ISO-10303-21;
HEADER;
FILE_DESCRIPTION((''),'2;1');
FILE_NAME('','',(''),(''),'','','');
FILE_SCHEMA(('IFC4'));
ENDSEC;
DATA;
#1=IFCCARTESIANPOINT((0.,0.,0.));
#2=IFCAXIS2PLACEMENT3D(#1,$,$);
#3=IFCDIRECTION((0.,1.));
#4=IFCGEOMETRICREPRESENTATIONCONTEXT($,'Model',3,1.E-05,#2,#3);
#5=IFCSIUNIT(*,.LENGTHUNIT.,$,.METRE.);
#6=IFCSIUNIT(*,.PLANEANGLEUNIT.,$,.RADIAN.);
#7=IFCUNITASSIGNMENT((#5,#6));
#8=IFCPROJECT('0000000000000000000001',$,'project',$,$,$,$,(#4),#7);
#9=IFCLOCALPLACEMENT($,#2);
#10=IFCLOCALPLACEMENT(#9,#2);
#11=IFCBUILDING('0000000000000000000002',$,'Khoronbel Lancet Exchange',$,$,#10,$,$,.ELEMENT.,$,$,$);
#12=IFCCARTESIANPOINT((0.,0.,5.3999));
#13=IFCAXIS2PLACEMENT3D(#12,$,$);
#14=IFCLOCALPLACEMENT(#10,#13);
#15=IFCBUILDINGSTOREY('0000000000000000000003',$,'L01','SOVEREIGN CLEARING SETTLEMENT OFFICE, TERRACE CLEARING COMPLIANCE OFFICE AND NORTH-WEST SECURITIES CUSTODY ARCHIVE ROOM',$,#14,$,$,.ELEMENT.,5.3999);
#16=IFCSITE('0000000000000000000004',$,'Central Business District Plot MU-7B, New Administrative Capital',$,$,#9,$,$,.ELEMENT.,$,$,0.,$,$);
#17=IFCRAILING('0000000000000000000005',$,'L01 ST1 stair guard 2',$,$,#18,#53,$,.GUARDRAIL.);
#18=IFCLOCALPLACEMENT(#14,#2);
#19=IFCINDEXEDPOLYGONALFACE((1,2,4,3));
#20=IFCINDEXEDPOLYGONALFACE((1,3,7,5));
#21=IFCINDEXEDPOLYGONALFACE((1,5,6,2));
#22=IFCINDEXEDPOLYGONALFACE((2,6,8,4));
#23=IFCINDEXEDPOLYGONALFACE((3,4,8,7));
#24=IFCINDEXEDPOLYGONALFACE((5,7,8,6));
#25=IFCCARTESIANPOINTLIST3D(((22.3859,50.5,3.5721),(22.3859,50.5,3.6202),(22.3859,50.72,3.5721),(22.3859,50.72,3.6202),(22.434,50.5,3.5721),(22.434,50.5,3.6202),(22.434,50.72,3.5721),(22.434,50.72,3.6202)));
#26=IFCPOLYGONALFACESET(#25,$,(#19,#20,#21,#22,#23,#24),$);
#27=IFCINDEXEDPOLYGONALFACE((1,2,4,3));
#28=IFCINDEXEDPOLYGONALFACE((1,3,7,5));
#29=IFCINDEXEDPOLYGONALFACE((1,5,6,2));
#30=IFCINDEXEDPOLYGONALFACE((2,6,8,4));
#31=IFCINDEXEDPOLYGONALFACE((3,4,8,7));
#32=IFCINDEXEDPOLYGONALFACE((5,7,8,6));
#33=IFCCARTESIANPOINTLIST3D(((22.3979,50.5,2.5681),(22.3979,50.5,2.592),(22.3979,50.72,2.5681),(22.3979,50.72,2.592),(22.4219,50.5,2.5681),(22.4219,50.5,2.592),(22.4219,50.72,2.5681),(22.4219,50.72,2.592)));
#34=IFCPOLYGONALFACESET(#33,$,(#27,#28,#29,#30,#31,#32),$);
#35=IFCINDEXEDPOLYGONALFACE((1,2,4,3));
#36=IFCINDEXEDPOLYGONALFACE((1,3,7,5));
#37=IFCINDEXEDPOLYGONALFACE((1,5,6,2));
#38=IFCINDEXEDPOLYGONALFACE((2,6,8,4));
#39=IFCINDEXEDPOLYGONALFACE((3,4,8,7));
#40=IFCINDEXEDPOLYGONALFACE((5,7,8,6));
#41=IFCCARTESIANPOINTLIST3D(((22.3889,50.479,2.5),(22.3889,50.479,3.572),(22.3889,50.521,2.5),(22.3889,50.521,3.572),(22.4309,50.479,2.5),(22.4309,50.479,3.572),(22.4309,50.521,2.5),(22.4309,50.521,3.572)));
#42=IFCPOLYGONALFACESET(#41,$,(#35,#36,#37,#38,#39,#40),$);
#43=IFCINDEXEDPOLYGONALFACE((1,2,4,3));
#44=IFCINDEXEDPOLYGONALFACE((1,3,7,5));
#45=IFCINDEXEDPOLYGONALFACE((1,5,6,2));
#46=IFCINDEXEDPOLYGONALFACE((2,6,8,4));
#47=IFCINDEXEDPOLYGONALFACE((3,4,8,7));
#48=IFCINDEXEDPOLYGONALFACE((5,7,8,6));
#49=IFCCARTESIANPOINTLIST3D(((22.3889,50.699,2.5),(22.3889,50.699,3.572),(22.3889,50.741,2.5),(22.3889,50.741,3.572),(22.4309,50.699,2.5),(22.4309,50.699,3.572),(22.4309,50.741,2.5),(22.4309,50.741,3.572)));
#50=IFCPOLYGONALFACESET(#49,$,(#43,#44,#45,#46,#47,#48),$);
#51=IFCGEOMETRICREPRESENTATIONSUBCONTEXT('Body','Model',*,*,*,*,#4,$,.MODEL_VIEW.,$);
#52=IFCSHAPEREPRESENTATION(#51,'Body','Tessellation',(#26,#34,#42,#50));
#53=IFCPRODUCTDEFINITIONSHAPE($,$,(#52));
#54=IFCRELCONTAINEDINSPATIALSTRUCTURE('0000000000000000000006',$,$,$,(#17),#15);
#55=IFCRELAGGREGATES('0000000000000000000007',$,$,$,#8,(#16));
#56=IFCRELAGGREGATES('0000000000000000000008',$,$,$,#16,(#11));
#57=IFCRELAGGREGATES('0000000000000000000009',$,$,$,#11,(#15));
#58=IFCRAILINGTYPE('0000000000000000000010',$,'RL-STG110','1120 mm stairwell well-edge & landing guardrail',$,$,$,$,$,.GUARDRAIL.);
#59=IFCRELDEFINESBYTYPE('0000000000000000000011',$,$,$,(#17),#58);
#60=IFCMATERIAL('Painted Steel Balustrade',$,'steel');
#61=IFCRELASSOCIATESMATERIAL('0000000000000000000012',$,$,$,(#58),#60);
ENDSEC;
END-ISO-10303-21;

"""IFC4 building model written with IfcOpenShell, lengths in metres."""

from ifc_helpers import new_model, si_unit, direction, frame, origin, origin_2d, place, context, subcontext, project, spatial, rectangle, extrude, material, type_object, element, save


model = new_model("IFC4")

# Units and contexts
model_context = context("Model", 3, precision=1e-05, world=origin(), true_north=direction((0.0, 1.0)))
body_context = subcontext(model_context, "Body", "Model", "MODEL_VIEW")
ifc_project = project(units=[si_unit("LENGTHUNIT", "METRE"), si_unit("PLANEANGLEUNIT", "RADIAN")], contexts=[model_context])

# Site, building, storey
site_placement = place(None, origin())
site = spatial("IfcSite", under=ifc_project, at=site_placement, Name="Central Business District Plot MU-7B, New Administrative Capital", CompositionType="ELEMENT", RefElevation=0.0)
building_placement = place(site_placement, origin())
building = spatial("IfcBuilding", under=site, at=building_placement, Name="Khoronbel Lancet Exchange", CompositionType="ELEMENT")
storey_placement = place(building_placement, frame((0.0, 0.0, 5.3999)))
storey = spatial("IfcBuildingStorey", under=building, at=storey_placement, Name="L01", Description="SOVEREIGN CLEARING SETTLEMENT OFFICE, TERRACE CLEARING COMPLIANCE OFFICE AND NORTH-WEST SECURITIES CUSTODY ARCHIVE ROOM", CompositionType="ELEMENT", Elevation=5.3999)

# Railing
ifc_material_1 = material(Name="Painted Steel Balustrade", Category="steel")
railing_type = type_object("IfcRailingType", Name="RL-STG110", Description="1120 mm stairwell well-edge & landing guardrail", PredefinedType="GUARDRAIL", material=ifc_material_1)
railing_placement = place(storey_placement, frame((22.4099, 50.5, 2.5)))
element("IfcRailing", 1, at=railing_placement, inside=storey, type_object=railing_type, Name="L01 ST1 stair guard 2", PredefinedType="GUARDRAIL", context=body_context, shape_type="SweptSolid", body=[
    extrude(rectangle(XDim=0.0481, YDim=0.0481, at=origin_2d()), frame((0.0, 0.0, 1.0962), z_axis=(0.0, 1.0, 0.0), x_axis=(-1.0, 0.0, 0.0)), (0.0, 0.0, 1.0), 0.22),
    extrude(rectangle(XDim=0.0239, YDim=0.0239, at=origin_2d()), frame((0.0, 0.0, 0.0801), z_axis=(0.0, 1.0, 0.0), x_axis=(-1.0, 0.0, 0.0)), (0.0, 0.0, 1.0), 0.22),
    extrude(rectangle(XDim=0.042, YDim=0.042, at=origin_2d()), origin(), (0.0, 0.0, 1.0), 1.072),
    extrude(rectangle(XDim=0.042, YDim=0.042, at=origin_2d()), frame((0.0, 0.22, 0.0)), (0.0, 0.0, 1.0), 1.072),
])

save(model, "model.ifc")
